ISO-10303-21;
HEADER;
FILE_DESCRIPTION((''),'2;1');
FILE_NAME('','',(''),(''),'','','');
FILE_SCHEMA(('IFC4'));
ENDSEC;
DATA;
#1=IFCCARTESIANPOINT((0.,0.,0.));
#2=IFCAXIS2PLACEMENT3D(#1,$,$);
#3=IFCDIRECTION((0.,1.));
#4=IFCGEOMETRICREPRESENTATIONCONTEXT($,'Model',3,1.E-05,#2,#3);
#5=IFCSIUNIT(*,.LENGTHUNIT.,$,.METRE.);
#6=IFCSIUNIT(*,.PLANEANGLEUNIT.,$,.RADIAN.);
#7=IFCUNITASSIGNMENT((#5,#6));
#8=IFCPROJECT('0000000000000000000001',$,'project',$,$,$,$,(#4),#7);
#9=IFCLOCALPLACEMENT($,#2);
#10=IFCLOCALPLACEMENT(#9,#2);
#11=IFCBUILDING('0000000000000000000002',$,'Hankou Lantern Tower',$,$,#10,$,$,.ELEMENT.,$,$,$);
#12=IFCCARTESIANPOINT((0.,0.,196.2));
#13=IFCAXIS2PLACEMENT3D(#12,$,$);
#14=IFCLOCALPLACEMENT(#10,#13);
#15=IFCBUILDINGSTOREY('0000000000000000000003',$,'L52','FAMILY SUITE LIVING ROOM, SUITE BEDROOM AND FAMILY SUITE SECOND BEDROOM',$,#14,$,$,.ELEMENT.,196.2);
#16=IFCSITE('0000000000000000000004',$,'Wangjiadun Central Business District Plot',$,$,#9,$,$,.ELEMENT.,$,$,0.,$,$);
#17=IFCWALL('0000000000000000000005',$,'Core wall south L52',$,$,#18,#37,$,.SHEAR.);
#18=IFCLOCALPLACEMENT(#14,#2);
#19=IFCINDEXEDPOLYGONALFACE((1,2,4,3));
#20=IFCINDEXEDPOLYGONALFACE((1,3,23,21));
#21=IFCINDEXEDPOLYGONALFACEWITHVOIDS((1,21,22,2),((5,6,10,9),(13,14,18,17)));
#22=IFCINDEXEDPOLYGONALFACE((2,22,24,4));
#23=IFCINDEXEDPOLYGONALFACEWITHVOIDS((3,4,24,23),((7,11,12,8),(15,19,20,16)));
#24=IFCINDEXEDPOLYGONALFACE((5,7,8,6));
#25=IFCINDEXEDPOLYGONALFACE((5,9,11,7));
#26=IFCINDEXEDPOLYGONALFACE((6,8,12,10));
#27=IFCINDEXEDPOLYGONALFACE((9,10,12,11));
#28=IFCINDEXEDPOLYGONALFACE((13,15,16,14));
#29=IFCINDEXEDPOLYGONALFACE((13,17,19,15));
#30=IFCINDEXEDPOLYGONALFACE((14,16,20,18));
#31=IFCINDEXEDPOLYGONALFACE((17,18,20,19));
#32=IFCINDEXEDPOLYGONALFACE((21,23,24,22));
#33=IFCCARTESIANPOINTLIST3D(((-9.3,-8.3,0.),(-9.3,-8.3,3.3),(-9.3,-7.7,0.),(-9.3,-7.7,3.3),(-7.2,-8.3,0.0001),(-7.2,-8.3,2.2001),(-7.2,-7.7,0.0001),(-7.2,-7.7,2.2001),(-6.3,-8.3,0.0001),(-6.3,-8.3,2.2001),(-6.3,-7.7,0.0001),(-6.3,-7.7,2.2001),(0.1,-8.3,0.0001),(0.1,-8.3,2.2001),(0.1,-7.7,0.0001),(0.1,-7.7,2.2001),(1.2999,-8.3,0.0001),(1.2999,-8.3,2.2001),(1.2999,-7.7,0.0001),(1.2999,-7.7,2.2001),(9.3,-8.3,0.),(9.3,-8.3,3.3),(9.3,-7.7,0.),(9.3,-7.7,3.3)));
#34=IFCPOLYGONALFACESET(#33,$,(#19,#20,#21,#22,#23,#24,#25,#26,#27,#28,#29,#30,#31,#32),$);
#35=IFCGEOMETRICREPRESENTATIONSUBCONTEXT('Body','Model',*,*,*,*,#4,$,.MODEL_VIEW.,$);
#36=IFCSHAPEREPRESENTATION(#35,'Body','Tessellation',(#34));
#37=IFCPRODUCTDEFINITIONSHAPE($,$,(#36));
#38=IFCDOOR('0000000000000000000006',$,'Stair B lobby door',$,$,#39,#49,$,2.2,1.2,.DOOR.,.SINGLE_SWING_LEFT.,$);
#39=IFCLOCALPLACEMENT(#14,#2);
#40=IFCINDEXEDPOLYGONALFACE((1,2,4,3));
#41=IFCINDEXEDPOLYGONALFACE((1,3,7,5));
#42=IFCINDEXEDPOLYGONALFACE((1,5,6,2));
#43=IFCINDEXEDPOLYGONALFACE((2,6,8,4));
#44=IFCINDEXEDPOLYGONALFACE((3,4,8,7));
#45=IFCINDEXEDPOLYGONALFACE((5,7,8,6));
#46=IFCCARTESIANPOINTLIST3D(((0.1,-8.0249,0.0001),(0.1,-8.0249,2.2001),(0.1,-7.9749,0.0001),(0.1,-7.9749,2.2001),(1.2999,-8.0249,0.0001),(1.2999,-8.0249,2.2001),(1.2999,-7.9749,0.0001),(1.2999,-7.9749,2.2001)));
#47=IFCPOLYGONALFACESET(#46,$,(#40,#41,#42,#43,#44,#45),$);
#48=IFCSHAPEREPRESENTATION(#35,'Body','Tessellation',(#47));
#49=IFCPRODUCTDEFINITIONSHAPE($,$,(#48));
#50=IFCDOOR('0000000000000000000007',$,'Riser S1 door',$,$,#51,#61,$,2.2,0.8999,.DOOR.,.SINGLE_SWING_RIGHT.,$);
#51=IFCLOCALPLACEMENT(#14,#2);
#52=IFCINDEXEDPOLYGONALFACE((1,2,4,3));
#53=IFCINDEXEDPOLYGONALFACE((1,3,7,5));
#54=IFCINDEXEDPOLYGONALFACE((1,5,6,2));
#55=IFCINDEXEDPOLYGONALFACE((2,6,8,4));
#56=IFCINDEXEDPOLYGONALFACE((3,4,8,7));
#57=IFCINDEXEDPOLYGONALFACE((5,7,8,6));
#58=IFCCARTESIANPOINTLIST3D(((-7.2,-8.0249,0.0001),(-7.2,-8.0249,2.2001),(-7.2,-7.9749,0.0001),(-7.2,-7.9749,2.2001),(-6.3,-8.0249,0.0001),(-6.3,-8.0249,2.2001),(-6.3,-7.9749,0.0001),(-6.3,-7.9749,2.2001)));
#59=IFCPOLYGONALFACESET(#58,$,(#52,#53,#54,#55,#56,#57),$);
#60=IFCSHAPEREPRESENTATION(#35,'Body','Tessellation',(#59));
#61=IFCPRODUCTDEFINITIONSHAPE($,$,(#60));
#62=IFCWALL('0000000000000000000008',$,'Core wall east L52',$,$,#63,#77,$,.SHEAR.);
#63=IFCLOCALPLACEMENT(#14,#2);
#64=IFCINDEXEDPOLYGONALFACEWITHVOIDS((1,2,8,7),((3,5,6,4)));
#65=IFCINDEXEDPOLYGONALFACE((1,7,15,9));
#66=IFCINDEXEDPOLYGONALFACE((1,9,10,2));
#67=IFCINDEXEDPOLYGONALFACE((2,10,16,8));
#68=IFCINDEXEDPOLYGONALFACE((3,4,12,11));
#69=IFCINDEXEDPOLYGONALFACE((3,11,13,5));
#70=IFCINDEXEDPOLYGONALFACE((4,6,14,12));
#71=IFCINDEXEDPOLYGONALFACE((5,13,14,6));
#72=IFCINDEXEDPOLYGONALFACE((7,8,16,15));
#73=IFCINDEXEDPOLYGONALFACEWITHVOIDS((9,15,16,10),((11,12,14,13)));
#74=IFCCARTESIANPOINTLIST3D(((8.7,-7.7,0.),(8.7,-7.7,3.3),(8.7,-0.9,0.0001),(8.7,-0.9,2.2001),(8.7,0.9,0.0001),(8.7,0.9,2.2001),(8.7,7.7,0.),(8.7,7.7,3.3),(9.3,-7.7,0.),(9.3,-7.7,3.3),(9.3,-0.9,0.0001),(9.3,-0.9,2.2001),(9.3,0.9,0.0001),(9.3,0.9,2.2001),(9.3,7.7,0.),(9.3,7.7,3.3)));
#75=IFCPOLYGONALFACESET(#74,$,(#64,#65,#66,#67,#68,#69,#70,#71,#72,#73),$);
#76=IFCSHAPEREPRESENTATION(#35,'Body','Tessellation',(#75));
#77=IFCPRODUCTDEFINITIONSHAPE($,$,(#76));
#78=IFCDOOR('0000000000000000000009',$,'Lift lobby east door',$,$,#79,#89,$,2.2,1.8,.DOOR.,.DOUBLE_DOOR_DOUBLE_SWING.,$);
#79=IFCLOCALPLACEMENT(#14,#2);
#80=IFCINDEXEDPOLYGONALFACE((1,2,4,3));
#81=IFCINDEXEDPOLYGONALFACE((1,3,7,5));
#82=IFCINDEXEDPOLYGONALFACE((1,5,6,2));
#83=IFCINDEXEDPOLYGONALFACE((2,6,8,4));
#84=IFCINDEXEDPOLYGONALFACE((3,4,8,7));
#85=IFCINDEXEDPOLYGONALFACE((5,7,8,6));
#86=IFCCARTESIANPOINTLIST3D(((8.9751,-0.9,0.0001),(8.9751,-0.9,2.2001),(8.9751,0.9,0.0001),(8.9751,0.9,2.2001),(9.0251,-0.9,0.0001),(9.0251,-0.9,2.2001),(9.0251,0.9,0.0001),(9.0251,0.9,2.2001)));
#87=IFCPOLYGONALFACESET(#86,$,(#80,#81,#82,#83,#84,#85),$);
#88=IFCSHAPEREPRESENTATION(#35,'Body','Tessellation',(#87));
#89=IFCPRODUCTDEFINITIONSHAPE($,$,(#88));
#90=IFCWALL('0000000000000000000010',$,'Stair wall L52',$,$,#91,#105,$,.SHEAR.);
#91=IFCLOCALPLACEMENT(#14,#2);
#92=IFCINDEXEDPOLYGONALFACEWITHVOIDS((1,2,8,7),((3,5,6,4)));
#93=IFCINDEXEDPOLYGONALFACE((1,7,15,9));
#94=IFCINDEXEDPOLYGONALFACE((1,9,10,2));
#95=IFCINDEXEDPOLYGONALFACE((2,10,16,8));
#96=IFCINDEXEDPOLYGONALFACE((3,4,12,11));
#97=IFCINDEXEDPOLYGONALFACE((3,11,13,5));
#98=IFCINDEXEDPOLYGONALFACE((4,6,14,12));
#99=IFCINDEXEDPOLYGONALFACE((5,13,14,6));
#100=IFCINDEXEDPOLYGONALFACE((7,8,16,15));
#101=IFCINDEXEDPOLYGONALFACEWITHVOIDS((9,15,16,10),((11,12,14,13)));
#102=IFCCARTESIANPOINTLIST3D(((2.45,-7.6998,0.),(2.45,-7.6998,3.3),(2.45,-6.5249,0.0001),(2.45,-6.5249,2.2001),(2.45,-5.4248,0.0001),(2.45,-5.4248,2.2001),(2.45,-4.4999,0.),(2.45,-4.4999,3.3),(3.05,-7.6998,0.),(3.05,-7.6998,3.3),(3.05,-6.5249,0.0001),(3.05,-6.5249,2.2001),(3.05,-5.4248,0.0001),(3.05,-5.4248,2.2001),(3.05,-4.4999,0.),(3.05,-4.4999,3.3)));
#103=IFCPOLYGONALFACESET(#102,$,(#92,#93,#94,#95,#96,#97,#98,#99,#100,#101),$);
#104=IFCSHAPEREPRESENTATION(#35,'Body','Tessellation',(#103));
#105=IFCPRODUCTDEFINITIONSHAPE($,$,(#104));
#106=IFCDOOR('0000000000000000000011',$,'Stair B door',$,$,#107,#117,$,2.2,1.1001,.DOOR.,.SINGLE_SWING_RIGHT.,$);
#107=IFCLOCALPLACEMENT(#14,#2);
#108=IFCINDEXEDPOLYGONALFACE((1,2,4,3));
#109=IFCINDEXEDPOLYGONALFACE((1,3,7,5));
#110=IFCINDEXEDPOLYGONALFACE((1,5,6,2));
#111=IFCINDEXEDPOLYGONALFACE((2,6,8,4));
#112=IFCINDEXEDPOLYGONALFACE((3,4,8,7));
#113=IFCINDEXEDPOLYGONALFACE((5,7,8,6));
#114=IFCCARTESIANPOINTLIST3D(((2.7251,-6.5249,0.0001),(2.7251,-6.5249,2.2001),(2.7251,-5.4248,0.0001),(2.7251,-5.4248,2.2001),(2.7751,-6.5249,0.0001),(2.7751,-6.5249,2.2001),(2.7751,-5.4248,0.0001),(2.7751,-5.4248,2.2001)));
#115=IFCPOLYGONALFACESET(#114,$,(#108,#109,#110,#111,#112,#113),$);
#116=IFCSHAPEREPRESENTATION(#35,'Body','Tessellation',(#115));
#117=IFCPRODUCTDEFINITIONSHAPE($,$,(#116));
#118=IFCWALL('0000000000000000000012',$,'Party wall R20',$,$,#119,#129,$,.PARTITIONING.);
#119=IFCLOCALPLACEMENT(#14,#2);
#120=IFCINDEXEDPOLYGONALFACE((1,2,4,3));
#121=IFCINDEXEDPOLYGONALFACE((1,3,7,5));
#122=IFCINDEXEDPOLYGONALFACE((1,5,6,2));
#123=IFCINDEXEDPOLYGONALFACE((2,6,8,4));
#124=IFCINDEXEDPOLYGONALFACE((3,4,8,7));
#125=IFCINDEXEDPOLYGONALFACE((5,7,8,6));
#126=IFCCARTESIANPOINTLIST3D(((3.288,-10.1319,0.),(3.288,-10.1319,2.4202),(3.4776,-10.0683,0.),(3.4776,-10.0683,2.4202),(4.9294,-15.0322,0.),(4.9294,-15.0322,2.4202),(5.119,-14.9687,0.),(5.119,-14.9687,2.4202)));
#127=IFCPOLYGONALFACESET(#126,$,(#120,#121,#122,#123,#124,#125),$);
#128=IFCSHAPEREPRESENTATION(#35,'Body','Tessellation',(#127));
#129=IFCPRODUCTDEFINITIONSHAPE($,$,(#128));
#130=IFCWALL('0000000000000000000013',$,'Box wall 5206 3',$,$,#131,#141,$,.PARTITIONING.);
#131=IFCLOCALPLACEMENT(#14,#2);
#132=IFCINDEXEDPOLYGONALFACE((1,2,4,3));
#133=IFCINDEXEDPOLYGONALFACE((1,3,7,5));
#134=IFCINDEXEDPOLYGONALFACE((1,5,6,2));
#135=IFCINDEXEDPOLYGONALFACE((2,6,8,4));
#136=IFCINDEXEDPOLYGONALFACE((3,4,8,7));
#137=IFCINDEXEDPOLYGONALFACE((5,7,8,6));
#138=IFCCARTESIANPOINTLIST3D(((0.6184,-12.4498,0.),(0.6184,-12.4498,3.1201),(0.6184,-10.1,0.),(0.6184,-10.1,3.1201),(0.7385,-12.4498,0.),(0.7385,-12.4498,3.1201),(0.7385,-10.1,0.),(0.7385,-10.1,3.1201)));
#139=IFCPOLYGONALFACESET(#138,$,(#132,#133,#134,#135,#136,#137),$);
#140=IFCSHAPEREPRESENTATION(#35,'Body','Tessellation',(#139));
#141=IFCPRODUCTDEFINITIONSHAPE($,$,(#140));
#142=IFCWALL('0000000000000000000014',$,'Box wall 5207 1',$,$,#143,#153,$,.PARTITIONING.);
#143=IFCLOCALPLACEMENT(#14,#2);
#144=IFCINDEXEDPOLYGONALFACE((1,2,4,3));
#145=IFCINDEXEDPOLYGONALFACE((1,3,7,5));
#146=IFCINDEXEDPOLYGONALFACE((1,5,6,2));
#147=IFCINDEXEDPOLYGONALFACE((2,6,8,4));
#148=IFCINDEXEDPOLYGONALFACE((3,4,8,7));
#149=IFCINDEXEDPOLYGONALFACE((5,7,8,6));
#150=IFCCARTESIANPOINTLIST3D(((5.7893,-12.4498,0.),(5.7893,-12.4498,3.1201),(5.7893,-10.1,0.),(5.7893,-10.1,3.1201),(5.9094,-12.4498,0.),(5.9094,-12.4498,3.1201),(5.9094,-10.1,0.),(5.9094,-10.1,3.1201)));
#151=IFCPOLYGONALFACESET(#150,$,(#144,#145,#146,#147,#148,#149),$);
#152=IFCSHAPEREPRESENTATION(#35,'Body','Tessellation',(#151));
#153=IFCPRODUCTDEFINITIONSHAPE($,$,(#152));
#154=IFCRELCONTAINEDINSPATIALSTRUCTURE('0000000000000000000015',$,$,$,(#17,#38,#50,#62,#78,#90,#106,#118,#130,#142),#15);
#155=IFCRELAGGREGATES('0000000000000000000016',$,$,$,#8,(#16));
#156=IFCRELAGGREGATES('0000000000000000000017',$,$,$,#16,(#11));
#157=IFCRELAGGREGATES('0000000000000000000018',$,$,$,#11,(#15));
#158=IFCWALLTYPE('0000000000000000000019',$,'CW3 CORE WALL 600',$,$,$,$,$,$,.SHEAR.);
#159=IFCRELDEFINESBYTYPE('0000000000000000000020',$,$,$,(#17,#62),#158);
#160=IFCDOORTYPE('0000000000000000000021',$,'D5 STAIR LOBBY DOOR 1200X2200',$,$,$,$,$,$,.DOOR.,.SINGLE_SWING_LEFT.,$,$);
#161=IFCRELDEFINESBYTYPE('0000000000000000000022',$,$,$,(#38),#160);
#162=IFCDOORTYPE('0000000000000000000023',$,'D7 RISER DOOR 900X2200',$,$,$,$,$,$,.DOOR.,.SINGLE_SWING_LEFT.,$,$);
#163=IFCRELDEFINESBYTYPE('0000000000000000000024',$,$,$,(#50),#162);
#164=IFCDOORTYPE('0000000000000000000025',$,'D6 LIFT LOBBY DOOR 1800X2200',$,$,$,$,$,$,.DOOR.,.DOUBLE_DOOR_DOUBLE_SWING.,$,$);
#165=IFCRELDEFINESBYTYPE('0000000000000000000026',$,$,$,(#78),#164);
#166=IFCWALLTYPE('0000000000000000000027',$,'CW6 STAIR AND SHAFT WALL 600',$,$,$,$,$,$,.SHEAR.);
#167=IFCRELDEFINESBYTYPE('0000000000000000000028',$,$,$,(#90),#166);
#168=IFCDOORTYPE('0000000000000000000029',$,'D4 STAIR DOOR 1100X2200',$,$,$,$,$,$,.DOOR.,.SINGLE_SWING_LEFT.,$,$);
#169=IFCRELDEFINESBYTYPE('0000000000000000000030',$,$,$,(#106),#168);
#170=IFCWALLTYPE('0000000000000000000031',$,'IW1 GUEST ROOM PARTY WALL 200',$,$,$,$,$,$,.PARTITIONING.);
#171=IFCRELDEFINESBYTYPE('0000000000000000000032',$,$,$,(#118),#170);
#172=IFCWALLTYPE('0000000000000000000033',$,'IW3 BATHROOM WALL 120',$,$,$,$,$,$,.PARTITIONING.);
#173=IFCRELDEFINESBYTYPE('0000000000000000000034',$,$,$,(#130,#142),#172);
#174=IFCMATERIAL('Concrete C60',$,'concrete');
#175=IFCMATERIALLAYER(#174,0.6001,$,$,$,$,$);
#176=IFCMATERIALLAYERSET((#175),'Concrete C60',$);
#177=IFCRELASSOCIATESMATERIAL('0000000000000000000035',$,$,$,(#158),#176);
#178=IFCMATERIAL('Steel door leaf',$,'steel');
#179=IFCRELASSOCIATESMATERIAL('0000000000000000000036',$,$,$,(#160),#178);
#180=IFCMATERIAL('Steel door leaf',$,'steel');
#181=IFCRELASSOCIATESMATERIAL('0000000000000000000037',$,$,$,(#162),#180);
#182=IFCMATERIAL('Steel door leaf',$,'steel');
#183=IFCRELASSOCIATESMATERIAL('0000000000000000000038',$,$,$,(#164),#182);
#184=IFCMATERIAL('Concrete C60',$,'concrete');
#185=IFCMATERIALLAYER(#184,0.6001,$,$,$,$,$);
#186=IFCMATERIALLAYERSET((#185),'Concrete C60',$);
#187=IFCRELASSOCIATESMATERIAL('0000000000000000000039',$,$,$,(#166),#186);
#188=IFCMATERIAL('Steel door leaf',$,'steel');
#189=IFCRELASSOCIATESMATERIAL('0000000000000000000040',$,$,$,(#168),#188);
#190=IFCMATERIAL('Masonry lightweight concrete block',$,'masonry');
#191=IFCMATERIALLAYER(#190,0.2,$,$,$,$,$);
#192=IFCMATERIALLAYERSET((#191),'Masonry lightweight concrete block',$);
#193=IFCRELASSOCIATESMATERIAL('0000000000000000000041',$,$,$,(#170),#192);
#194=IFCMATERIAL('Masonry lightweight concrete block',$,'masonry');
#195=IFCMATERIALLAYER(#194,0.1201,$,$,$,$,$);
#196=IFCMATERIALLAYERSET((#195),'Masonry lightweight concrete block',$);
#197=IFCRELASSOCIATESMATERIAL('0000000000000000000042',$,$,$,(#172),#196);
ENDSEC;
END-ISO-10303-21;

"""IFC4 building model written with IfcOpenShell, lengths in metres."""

from ifc_helpers import new_model, si_unit, direction, frame, frame_2d, origin, place, context, subcontext, project, spatial, rectangle, extrude, material, layer, layer_set, type_object, element, fill, save


model = new_model("IFC4")

# Units and contexts
model_context = context("Model", 3, precision=1e-05, world=origin(), true_north=direction((0.0, 1.0)))
body_context = subcontext(model_context, "Body", "Model", "MODEL_VIEW")
ifc_project = project(units=[si_unit("LENGTHUNIT", "METRE"), si_unit("PLANEANGLEUNIT", "RADIAN")], contexts=[model_context])

# Site, building, storey
site_placement = place(None, origin())
site = spatial("IfcSite", under=ifc_project, at=site_placement, Name="Wangjiadun Central Business District Plot", CompositionType="ELEMENT", RefElevation=0.0)
building_placement = place(site_placement, origin())
building = spatial("IfcBuilding", under=site, at=building_placement, Name="Hankou Lantern Tower", CompositionType="ELEMENT")
storey_placement = place(building_placement, frame((0.0, 0.0, 196.2)))
storey = spatial("IfcBuildingStorey", under=building, at=storey_placement, Name="L52", Description="FAMILY SUITE LIVING ROOM, SUITE BEDROOM AND FAMILY SUITE SECOND BEDROOM", CompositionType="ELEMENT", Elevation=196.2)

# Wall, openings, doors
ifc_material_1 = material(Name="Concrete C60", Category="concrete")
ifc_layer_1 = layer(ifc_material_1, 0.6001)
ifc_layer_set_1 = layer_set([ifc_layer_1], Name="Concrete C60")
wall_type_1 = type_object("IfcWallType", Name="CW3 CORE WALL 600", PredefinedType="SHEAR", material=ifc_layer_set_1)
wall_1_placement = place(storey_placement, frame((9.3, -8.0, 0.0), z_axis=(0.0, 0.0, 1.0), x_axis=(-1.0, 0.0, 0.0)))
wall_1 = element("IfcWall", 1, at=wall_1_placement, inside=storey, type_object=wall_type_1, Name="Core wall south L52", PredefinedType="SHEAR", context=body_context, shape_type="SweptSolid", body=[
    extrude(rectangle(XDim=18.6001, YDim=0.6001, at=frame_2d((9.3, 0.0))), origin(), (0.0, 0.0, 1.0), 3.3),
])
opening_1_placement = place(wall_1_placement, frame((8.0, 0.0, 0.0)))
opening_1 = element("IfcOpeningElement", 2, at=opening_1_placement, cuts=wall_1, PredefinedType="OPENING", context=body_context, shape_type="SweptSolid", body=[
    extrude(rectangle(XDim=1.2, YDim=2.2, at=frame_2d((0.6001, 1.1001))), frame((0.0, 0.3101, 0.0), z_axis=(0.0, -1.0, 0.0), x_axis=(1.0, 0.0, 0.0)), (0.0, 0.0, 1.0), 0.6201),
])
opening_2_placement = place(wall_1_placement, frame((15.6001, 0.0, 0.0)))
opening_2 = element("IfcOpeningElement", 3, at=opening_2_placement, cuts=wall_1, PredefinedType="OPENING", context=body_context, shape_type="SweptSolid", body=[
    extrude(rectangle(XDim=0.8999, YDim=2.2, at=frame_2d((0.45, 1.1001))), frame((0.0, 0.3101, 0.0), z_axis=(0.0, -1.0, 0.0), x_axis=(1.0, 0.0, 0.0)), (0.0, 0.0, 1.0), 0.6201),
])
ifc_material_2 = material(Name="Steel door leaf", Category="steel")
door_type_1 = type_object("IfcDoorType", Name="D5 STAIR LOBBY DOOR 1200X2200", OperationType="SINGLE_SWING_LEFT", PredefinedType="DOOR", material=ifc_material_2)
door_1_placement = place(opening_1_placement, origin())
door_1 = element("IfcDoor", 4, at=door_1_placement, inside=storey, type_object=door_type_1, Name="Stair B lobby door", OperationType="SINGLE_SWING_LEFT", OverallHeight=2.2, OverallWidth=1.2, PredefinedType="DOOR", context=body_context, shape_type="SweptSolid", body=[
    extrude(rectangle(XDim=1.2, YDim=2.2, at=frame_2d((0.6001, 1.1001))), frame((0.0, 0.0249, 0.0), z_axis=(0.0, -1.0, 0.0), x_axis=(1.0, 0.0, 0.0)), (0.0, 0.0, 1.0), 0.05),
])
fill(opening_1, door_1)
ifc_material_3 = material(Name="Steel door leaf", Category="steel")
door_type_2 = type_object("IfcDoorType", Name="D7 RISER DOOR 900X2200", OperationType="SINGLE_SWING_LEFT", PredefinedType="DOOR", material=ifc_material_3)
door_2_placement = place(opening_2_placement, origin())
door_2 = element("IfcDoor", 5, at=door_2_placement, inside=storey, type_object=door_type_2, Name="Riser S1 door", OperationType="SINGLE_SWING_RIGHT", OverallHeight=2.2, OverallWidth=0.8999, PredefinedType="DOOR", context=body_context, shape_type="SweptSolid", body=[
    extrude(rectangle(XDim=0.8999, YDim=2.2, at=frame_2d((0.45, 1.1001))), frame((0.0, 0.0249, 0.0), z_axis=(0.0, -1.0, 0.0), x_axis=(1.0, 0.0, 0.0)), (0.0, 0.0, 1.0), 0.05),
])
fill(opening_2, door_2)

# Walls, openings, doors
wall_2_placement = place(storey_placement, frame((9.0, -7.7, 0.0), z_axis=(0.0, 0.0, 1.0), x_axis=(0.0, 1.0, 0.0)))
wall_2 = element("IfcWall", 6, at=wall_2_placement, inside=storey, type_object=wall_type_1, Name="Core wall east L52", PredefinedType="SHEAR", context=body_context, shape_type="SweptSolid", body=[
    extrude(rectangle(XDim=15.3999, YDim=0.6001, at=frame_2d((7.7, 0.0))), origin(), (0.0, 0.0, 1.0), 3.3),
])
opening_3_placement = place(wall_2_placement, frame((6.8, 0.0, 0.0)))
opening_3 = element("IfcOpeningElement", 7, at=opening_3_placement, cuts=wall_2, PredefinedType="OPENING", context=body_context, shape_type="SweptSolid", body=[
    extrude(rectangle(XDim=1.8, YDim=2.2, at=frame_2d((0.8999, 1.1001))), frame((0.0, 0.3101, 0.0), z_axis=(0.0, -1.0, 0.0), x_axis=(1.0, 0.0, 0.0)), (0.0, 0.0, 1.0), 0.6201),
])
ifc_material_4 = material(Name="Steel door leaf", Category="steel")
door_type_3 = type_object("IfcDoorType", Name="D6 LIFT LOBBY DOOR 1800X2200", OperationType="DOUBLE_DOOR_DOUBLE_SWING", PredefinedType="DOOR", material=ifc_material_4)
door_3_placement = place(opening_3_placement, origin())
door_3 = element("IfcDoor", 8, at=door_3_placement, inside=storey, type_object=door_type_3, Name="Lift lobby east door", OperationType="DOUBLE_DOOR_DOUBLE_SWING", OverallHeight=2.2, OverallWidth=1.8, PredefinedType="DOOR", context=body_context, shape_type="SweptSolid", body=[
    extrude(rectangle(XDim=1.8, YDim=2.2, at=frame_2d((0.8999, 1.1001))), frame((0.0, 0.0249, 0.0), z_axis=(0.0, -1.0, 0.0), x_axis=(1.0, 0.0, 0.0)), (0.0, 0.0, 1.0), 0.05),
])
fill(opening_3, door_3)
ifc_material_5 = material(Name="Concrete C60", Category="concrete")
ifc_layer_2 = layer(ifc_material_5, 0.6001)
ifc_layer_set_2 = layer_set([ifc_layer_2], Name="Concrete C60")
wall_type_2 = type_object("IfcWallType", Name="CW6 STAIR AND SHAFT WALL 600", PredefinedType="SHEAR", material=ifc_layer_set_2)
wall_3_placement = place(storey_placement, frame((2.75, -7.7, 0.0), z_axis=(0.0, 0.0, 1.0), x_axis=(0.0, 1.0, 0.0)))
wall_3 = element("IfcWall", 9, at=wall_3_placement, inside=storey, type_object=wall_type_2, Name="Stair wall L52", PredefinedType="SHEAR", context=body_context, shape_type="SweptSolid", body=[
    extrude(rectangle(XDim=3.2, YDim=0.6001, at=frame_2d((1.6001, 0.0))), origin(), (0.0, 0.0, 1.0), 3.3),
])
opening_4_placement = place(wall_3_placement, frame((1.175, 0.0, 0.0)))
opening_4 = element("IfcOpeningElement", 10, at=opening_4_placement, cuts=wall_3, PredefinedType="OPENING", context=body_context, shape_type="SweptSolid", body=[
    extrude(rectangle(XDim=1.1001, YDim=2.2, at=frame_2d((0.55, 1.1001))), frame((0.0, 0.3101, 0.0), z_axis=(0.0, -1.0, 0.0), x_axis=(1.0, 0.0, 0.0)), (0.0, 0.0, 1.0), 0.6201),
])
ifc_material_6 = material(Name="Steel door leaf", Category="steel")
door_type_4 = type_object("IfcDoorType", Name="D4 STAIR DOOR 1100X2200", OperationType="SINGLE_SWING_LEFT", PredefinedType="DOOR", material=ifc_material_6)
door_4_placement = place(opening_4_placement, origin())
door_4 = element("IfcDoor", 11, at=door_4_placement, inside=storey, type_object=door_type_4, Name="Stair B door", OperationType="SINGLE_SWING_RIGHT", OverallHeight=2.2, OverallWidth=1.1001, PredefinedType="DOOR", context=body_context, shape_type="SweptSolid", body=[
    extrude(rectangle(XDim=1.1001, YDim=2.2, at=frame_2d((0.55, 1.1001))), frame((0.0, 0.0249, 0.0), z_axis=(0.0, -1.0, 0.0), x_axis=(1.0, 0.0, 0.0)), (0.0, 0.0, 1.0), 0.05),
])
fill(opening_4, door_4)

# Walls
ifc_material_7 = material(Name="Masonry lightweight concrete block", Category="masonry")
ifc_layer_3 = layer(ifc_material_7, 0.2)
ifc_layer_set_3 = layer_set([ifc_layer_3], Name="Masonry lightweight concrete block")
wall_type_3 = type_object("IfcWallType", Name="IW1 GUEST ROOM PARTY WALL 200", PredefinedType="PARTITIONING", material=ifc_layer_set_3)
wall_4_placement = place(storey_placement, frame((3.3828, -10.1001, 0.0), z_axis=(0.0, 0.0, 1.0), x_axis=(0.317602, -0.948224, 0.0)))
element("IfcWall", 12, at=wall_4_placement, inside=storey, type_object=wall_type_3, Name="Party wall R20", PredefinedType="PARTITIONING", context=body_context, shape_type="SweptSolid", body=[
    extrude(rectangle(XDim=5.168, YDim=0.2, at=frame_2d((2.584, 0.0))), origin(), (0.0, 0.0, 1.0), 2.4202),
])
ifc_material_8 = material(Name="Masonry lightweight concrete block", Category="masonry")
ifc_layer_4 = layer(ifc_material_8, 0.1201)
ifc_layer_set_4 = layer_set([ifc_layer_4], Name="Masonry lightweight concrete block")
wall_type_4 = type_object("IfcWallType", Name="IW3 BATHROOM WALL 120", PredefinedType="PARTITIONING", material=ifc_layer_set_4)
for number, where, z_axis, x_axis, name in (
    (13, (0.6785, -10.1001, 0.0), (0.0, 0.0, 1.0), (0.0, -1.0, 0.0), "Box wall 5206 3"),
    (14, (5.8494, -10.1001, 0.0), (0.0, 0.0, 1.0), (0.0, -1.0, 0.0), "Box wall 5207 1"),
):
    element("IfcWall", number, at=place(storey_placement, frame(where, z_axis=z_axis, x_axis=x_axis)), inside=storey, type_object=wall_type_4, Name=name, PredefinedType="PARTITIONING", context=body_context, shape_type="SweptSolid", body=[
        extrude(rectangle(XDim=2.3499, YDim=0.1201, at=frame_2d((1.1748, 0.0))), origin(), (0.0, 0.0, 1.0), 3.1201),
    ])

save(model, "model.ifc")
